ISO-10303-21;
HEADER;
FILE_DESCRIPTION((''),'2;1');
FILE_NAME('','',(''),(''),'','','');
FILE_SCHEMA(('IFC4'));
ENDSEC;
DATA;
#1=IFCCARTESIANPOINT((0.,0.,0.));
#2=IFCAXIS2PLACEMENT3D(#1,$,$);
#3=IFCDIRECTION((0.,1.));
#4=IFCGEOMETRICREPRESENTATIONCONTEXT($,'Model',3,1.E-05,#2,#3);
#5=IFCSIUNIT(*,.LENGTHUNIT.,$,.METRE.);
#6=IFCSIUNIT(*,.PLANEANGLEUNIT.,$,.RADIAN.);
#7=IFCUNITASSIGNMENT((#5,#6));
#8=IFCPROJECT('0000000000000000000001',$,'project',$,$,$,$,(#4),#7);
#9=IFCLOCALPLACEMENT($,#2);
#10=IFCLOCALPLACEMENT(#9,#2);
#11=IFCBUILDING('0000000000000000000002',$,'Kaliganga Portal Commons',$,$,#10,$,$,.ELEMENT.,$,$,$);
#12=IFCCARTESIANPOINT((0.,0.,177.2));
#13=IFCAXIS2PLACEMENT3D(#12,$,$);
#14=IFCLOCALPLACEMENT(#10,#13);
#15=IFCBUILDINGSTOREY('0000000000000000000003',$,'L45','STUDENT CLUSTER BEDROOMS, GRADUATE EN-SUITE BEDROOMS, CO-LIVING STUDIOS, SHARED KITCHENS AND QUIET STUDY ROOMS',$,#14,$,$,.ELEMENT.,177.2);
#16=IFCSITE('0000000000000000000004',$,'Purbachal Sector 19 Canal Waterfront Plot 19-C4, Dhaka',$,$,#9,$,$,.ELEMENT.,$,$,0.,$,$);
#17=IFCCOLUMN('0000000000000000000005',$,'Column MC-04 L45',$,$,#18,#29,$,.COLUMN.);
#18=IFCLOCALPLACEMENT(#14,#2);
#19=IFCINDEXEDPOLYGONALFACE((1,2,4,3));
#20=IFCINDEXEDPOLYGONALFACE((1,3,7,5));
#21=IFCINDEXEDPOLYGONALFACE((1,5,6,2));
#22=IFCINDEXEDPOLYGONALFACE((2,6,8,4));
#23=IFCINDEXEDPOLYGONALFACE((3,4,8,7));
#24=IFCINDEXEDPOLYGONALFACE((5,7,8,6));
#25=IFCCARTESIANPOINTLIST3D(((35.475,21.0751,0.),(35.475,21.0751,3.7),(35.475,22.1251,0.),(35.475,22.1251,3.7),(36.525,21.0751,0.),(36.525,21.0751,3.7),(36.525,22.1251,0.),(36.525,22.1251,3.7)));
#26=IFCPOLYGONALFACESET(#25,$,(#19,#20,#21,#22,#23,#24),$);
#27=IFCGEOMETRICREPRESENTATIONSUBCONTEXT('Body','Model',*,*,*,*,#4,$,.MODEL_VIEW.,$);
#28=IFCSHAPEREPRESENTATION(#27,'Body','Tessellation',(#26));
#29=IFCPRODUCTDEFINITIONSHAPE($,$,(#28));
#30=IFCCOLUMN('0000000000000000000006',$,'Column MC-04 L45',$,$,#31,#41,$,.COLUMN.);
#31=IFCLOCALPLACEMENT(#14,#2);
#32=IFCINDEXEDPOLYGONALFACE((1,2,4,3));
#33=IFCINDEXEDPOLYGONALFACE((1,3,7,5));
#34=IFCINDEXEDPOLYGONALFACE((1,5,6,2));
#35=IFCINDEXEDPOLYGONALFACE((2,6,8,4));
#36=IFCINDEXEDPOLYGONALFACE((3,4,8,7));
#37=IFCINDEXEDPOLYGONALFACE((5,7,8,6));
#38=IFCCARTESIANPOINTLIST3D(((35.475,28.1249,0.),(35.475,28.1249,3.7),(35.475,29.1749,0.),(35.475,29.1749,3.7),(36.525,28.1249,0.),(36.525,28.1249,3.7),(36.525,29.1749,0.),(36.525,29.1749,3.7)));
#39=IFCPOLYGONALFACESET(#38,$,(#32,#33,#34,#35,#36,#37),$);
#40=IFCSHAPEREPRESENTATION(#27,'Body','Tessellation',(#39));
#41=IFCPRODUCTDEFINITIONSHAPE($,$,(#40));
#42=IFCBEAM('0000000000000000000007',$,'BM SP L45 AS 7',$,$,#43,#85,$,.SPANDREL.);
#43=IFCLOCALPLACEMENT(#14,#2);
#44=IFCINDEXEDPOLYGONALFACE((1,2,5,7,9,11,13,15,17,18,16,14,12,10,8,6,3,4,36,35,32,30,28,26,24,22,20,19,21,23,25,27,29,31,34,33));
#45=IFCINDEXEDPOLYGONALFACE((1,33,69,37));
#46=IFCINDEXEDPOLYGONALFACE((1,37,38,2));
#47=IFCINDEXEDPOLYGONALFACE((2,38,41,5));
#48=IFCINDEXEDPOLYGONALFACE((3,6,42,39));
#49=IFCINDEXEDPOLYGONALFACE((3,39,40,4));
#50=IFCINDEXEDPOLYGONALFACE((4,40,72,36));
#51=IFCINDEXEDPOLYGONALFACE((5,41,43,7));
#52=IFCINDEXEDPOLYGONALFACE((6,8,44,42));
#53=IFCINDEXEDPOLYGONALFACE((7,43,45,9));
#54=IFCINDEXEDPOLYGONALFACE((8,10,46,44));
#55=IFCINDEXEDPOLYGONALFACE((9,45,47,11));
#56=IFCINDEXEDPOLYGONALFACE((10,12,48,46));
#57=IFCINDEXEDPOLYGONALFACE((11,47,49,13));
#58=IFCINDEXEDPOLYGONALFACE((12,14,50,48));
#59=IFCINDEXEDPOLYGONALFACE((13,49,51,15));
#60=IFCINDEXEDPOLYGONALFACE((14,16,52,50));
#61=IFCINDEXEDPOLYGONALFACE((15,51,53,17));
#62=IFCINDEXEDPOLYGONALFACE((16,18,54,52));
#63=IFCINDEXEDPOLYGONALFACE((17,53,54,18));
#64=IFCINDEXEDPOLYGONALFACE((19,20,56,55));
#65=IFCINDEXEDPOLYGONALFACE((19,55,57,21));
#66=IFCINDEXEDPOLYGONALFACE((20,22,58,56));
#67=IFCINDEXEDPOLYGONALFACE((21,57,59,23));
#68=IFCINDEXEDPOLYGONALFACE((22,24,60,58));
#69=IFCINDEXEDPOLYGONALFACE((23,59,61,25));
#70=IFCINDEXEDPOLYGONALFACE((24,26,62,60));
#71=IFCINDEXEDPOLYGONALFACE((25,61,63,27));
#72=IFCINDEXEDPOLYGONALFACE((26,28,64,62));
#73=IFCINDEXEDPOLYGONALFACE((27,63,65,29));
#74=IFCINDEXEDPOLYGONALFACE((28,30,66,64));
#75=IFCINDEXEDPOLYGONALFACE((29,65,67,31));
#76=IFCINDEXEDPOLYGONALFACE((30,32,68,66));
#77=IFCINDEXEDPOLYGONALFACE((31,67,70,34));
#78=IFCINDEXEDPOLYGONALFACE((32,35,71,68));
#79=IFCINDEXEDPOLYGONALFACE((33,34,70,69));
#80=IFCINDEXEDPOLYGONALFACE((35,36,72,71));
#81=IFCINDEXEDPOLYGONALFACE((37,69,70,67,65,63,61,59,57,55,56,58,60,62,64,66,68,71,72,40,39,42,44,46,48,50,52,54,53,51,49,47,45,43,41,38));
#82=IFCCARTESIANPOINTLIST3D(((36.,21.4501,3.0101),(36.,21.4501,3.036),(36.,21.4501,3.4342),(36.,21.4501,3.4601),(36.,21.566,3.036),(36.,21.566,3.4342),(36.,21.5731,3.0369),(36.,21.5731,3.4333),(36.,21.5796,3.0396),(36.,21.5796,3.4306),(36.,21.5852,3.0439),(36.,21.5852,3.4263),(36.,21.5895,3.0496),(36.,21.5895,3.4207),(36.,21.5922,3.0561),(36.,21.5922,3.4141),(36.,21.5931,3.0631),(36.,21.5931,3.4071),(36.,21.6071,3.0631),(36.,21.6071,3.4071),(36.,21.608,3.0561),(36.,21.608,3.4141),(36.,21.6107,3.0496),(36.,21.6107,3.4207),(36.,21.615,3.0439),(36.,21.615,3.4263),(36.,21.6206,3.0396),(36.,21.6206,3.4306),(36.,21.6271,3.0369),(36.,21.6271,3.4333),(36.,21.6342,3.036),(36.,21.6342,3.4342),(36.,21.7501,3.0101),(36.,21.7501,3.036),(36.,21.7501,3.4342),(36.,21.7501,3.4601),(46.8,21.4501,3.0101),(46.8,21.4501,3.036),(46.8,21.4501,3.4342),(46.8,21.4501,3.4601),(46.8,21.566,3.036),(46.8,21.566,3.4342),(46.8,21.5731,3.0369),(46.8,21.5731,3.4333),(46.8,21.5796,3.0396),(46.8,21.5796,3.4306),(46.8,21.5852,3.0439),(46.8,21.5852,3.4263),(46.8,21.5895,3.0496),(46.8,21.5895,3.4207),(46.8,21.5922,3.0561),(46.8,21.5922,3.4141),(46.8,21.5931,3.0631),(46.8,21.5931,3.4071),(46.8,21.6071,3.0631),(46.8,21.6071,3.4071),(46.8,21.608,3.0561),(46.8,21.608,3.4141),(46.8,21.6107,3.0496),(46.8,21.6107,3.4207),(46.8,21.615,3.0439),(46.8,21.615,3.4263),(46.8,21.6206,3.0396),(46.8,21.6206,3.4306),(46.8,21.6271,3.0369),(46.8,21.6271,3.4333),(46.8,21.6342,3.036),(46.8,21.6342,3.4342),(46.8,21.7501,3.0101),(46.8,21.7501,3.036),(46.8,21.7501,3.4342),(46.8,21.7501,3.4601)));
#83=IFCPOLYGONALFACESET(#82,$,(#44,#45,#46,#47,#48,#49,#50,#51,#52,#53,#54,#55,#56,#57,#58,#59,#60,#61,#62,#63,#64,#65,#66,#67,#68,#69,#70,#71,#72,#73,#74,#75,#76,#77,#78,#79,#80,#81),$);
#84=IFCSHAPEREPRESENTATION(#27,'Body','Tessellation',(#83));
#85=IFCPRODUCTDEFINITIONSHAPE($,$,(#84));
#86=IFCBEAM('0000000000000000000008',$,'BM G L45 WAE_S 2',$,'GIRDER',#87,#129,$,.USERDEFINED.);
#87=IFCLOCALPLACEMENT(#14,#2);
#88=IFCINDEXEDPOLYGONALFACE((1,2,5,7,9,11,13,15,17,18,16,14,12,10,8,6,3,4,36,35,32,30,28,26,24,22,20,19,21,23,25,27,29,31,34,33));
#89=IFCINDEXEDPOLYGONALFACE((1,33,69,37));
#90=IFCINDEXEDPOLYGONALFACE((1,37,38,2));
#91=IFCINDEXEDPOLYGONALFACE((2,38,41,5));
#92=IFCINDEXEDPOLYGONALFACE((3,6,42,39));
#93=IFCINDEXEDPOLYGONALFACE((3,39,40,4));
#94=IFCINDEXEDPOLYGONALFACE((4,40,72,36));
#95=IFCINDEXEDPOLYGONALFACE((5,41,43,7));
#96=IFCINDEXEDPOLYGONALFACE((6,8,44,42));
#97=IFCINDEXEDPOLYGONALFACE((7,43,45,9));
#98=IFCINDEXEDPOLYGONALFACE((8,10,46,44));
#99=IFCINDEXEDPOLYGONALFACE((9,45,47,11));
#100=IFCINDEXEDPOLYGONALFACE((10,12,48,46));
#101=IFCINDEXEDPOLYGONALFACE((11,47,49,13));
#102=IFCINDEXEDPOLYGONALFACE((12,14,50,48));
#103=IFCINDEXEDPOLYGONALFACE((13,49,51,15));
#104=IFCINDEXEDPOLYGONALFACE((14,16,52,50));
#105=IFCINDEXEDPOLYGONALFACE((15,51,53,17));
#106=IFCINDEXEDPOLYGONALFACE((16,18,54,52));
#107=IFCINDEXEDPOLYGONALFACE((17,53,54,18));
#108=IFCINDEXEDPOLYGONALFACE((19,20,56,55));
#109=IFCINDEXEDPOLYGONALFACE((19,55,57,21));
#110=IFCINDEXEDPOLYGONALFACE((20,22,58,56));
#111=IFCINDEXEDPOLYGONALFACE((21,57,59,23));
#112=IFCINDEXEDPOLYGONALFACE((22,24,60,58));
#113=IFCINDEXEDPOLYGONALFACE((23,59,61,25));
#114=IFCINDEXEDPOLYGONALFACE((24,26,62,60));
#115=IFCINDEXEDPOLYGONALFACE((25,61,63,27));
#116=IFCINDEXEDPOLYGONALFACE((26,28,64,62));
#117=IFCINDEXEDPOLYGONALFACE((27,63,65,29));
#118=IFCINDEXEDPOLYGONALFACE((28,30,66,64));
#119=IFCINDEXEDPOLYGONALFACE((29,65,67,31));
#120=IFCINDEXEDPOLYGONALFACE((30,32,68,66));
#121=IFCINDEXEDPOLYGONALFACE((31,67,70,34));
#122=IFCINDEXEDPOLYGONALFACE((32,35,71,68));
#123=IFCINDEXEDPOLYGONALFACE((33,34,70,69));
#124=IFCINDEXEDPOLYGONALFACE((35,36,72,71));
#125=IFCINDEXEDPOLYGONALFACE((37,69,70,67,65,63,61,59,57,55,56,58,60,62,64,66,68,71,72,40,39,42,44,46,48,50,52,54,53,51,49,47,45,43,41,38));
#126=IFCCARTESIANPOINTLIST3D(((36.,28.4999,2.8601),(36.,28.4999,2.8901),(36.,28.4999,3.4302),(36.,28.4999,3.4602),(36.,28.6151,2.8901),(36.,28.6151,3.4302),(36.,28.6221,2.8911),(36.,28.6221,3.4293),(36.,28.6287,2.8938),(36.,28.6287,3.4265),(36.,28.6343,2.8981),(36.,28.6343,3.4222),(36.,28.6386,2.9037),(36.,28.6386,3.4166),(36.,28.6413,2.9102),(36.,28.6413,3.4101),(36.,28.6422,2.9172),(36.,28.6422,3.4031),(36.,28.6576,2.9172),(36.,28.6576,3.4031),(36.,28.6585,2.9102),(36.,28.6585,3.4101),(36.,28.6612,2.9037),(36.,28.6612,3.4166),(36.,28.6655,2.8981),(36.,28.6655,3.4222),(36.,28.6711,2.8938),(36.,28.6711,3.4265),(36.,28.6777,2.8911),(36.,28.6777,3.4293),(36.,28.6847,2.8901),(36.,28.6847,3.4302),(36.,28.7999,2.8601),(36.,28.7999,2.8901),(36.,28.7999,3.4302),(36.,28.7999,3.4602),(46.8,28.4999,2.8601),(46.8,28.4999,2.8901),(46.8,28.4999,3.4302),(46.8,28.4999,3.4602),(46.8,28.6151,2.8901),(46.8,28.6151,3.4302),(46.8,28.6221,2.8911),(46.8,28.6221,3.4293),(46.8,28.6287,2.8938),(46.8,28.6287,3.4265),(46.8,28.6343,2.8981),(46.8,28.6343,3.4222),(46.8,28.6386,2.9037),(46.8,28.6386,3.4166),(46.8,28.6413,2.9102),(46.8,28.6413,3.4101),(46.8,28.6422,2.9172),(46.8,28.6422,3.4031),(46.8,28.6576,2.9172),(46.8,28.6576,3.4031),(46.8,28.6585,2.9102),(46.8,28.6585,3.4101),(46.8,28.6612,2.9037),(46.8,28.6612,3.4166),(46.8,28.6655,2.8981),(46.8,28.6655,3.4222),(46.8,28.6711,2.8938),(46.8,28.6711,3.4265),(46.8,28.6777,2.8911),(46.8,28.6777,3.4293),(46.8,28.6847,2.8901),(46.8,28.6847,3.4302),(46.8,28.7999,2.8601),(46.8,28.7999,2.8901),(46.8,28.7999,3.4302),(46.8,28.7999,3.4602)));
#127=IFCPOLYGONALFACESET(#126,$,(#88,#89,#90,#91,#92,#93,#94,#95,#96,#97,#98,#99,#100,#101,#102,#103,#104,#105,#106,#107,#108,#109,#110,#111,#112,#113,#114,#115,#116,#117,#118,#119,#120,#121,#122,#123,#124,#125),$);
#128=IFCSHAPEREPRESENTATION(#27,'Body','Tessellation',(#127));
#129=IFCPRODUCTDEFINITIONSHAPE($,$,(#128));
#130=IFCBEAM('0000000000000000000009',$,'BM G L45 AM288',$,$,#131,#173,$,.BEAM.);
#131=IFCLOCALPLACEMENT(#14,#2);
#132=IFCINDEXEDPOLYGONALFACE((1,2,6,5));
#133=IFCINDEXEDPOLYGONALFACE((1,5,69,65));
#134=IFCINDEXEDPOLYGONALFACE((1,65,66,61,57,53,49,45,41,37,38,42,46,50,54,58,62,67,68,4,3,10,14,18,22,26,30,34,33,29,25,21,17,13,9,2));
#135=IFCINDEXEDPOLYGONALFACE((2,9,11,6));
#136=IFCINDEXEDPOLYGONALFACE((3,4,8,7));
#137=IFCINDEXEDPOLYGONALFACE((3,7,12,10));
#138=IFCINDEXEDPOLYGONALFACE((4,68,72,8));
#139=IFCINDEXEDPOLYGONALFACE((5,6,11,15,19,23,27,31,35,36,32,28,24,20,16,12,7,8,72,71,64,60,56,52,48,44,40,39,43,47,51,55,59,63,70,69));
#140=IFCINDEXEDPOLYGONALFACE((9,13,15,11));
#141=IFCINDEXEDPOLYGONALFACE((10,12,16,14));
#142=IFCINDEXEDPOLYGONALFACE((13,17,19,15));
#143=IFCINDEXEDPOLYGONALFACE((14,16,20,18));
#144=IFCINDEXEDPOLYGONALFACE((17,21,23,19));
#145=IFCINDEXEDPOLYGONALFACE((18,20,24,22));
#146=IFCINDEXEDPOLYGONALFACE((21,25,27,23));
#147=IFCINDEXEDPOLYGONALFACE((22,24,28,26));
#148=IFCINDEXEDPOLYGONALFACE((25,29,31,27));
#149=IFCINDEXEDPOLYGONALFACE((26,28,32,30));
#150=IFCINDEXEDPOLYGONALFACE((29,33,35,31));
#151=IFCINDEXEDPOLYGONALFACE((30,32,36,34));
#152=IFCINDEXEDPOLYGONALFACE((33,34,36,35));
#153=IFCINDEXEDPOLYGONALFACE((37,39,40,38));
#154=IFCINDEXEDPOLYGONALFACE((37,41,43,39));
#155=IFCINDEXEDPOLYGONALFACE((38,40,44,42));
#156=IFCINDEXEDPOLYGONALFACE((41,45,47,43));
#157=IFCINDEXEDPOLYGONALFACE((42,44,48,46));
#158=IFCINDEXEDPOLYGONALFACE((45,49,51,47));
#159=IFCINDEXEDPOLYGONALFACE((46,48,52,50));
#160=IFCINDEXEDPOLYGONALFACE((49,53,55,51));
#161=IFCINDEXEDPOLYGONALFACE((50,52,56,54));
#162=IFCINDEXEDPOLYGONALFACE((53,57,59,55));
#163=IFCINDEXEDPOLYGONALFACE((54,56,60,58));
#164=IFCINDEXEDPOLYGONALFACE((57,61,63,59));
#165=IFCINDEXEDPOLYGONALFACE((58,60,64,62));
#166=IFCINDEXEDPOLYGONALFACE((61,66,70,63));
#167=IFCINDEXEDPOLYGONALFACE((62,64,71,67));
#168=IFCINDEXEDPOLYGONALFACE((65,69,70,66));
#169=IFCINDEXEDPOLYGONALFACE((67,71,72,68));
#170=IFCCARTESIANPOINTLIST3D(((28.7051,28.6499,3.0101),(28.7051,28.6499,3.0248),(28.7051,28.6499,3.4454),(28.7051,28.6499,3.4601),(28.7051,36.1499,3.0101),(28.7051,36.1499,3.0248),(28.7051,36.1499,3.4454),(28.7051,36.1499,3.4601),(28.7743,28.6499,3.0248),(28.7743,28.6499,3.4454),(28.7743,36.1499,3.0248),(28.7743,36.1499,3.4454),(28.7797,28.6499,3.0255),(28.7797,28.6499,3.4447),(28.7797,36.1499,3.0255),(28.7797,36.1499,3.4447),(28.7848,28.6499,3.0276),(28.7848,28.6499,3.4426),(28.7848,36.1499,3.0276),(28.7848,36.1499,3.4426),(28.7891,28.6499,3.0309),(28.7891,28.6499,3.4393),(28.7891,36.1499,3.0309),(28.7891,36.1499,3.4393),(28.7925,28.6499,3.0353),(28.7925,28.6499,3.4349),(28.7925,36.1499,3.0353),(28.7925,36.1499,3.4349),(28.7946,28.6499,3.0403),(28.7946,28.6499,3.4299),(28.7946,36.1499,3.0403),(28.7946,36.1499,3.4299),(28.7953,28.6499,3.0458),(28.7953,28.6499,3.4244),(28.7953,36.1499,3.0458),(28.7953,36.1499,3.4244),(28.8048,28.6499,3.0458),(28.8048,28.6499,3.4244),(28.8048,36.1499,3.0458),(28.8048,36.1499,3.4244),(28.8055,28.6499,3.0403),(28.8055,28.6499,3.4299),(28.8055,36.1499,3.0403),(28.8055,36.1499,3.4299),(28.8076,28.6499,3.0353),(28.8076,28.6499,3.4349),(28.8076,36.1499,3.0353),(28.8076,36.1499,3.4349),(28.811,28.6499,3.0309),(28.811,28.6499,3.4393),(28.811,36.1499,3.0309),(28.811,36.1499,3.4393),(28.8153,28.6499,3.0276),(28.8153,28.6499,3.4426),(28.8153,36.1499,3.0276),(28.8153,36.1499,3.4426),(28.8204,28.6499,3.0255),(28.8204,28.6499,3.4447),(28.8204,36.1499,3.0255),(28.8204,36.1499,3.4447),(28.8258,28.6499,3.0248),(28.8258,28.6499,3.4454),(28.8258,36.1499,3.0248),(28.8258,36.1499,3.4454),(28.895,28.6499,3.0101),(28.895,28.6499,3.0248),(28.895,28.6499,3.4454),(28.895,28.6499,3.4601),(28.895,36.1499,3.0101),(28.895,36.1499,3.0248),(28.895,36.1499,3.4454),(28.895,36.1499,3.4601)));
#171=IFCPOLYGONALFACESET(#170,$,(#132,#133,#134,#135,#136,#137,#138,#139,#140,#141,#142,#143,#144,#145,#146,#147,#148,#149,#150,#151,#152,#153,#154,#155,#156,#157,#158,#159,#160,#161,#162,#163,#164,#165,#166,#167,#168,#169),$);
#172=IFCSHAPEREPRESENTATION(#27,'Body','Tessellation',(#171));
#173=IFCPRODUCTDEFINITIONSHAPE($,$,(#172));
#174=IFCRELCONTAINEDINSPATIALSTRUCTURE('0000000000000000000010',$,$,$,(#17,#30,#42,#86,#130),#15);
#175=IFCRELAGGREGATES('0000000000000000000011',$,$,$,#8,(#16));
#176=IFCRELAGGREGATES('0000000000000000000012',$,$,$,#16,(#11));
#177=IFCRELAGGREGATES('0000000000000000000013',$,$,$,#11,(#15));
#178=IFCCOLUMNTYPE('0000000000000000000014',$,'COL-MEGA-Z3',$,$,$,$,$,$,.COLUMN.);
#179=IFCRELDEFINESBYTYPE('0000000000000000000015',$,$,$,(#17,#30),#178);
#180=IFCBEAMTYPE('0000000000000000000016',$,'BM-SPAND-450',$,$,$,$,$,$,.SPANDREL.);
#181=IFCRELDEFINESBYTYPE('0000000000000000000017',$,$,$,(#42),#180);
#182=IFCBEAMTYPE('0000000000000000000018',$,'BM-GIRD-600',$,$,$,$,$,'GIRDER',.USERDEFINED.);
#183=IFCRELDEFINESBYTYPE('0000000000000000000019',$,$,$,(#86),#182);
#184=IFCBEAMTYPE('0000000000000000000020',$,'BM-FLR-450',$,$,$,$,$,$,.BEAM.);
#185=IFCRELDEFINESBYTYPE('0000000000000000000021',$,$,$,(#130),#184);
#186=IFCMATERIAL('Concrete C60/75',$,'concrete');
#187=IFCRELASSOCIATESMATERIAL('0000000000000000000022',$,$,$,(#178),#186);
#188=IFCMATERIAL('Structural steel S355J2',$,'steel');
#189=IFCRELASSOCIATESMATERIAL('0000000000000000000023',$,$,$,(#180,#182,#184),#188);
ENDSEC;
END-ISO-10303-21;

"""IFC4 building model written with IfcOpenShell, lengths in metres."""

from ifc_helpers import new_model, si_unit, direction, frame, origin, origin_2d, place, context, subcontext, project, spatial, rectangle, i_section, extrude, source, transform, mapped, material, material_profile, profile_set, type_object, element, save


model = new_model("IFC4")

# Units and contexts
model_context = context("Model", 3, precision=1e-05, world=origin(), true_north=direction((0.0, 1.0)))
body_context = subcontext(model_context, "Body", "Model", "MODEL_VIEW")
ifc_project = project(units=[si_unit("LENGTHUNIT", "METRE"), si_unit("PLANEANGLEUNIT", "RADIAN")], contexts=[model_context])

# Site, building, storey
site_placement = place(None, origin())
site = spatial("IfcSite", under=ifc_project, at=site_placement, Name="Purbachal Sector 19 Canal Waterfront Plot 19-C4, Dhaka", CompositionType="ELEMENT", RefElevation=0.0)
building_placement = place(site_placement, origin())
building = spatial("IfcBuilding", under=site, at=building_placement, Name="Kaliganga Portal Commons", CompositionType="ELEMENT")
storey_placement = place(building_placement, frame((0.0, 0.0, 177.2)))
storey = spatial("IfcBuildingStorey", under=building, at=storey_placement, Name="L45", Description="STUDENT CLUSTER BEDROOMS, GRADUATE EN-SUITE BEDROOMS, CO-LIVING STUDIOS, SHARED KITCHENS AND QUIET STUDY ROOMS", CompositionType="ELEMENT", Elevation=177.2)

# Columns
ifc_material_1 = material(Name="Concrete C60/75", Category="concrete")
ifc_material_profile_1 = material_profile(ifc_material_1, rectangle(XDim=1.05, YDim=1.05, at=origin_2d()), Name="RC 1050x1050")
ifc_profile_set_1 = profile_set([ifc_material_profile_1], Name="Concrete C60/75")
column_type = type_object("IfcColumnType", Name="COL-MEGA-Z3", PredefinedType="COLUMN", material=ifc_profile_set_1)
shared_shape_1 = source(origin(), body_context, "Body", "SweptSolid", [
    extrude(rectangle(XDim=1.05, YDim=1.05, at=origin_2d()), origin(), (0.0, 0.0, 1.0), 3.7),
])
for number, where, z_axis, x_axis, name in (
    (1, (36.0, 21.6001, 0.0), (0.0, 0.0, 1.0), (1.0, 0.0, 0.0), "Column MC-04 L45"),
    (2, (36.0, 28.6499, 0.0), (0.0, 0.0, 1.0), (1.0, 0.0, 0.0), "Column MC-04 L45"),
):
    element("IfcColumn", number, at=place(storey_placement, frame(where, z_axis=z_axis, x_axis=x_axis)), inside=storey, type_object=column_type, Name=name, PredefinedType="COLUMN", context=body_context, shape_type="MappedRepresentation", body=[
        mapped(shared_shape_1, transform((0.0, 0.0, 0.0), x_axis=(1.0, 0.0, 0.0), y_axis=(0.0, 1.0, 0.0), z_axis=(0.0, 0.0, 1.0), scale=1.0)),
    ])

# Beams
ifc_material_2 = material(Name="Structural steel S355J2", Category="steel")
ifc_material_profile_2 = material_profile(ifc_material_2, i_section(OverallWidth=0.3, OverallDepth=0.45, WebThickness=0.0139, FlangeThickness=0.0259, FilletRadius=0.0271, at=origin_2d()), Name="HE 450 B")
ifc_profile_set_2 = profile_set([ifc_material_profile_2], Name="Structural steel S355J2 wide-flange")
beam_type_1 = type_object("IfcBeamType", Name="BM-SPAND-450", PredefinedType="SPANDREL", material=ifc_profile_set_2)
shared_shape_2 = source(origin(), body_context, "Body", "SweptSolid", [
    extrude(i_section(OverallWidth=0.3, OverallDepth=0.45, WebThickness=0.0139, FlangeThickness=0.0259, FilletRadius=0.0271, at=origin_2d()), origin(), (0.0, 0.0, 1.0), 10.8),
])
beam_1_placement = place(storey_placement, frame((36.0, 21.6001, 3.2351), z_axis=(1.0, 0.0, 0.0), x_axis=(0.0, 1.0, 0.0)))
element("IfcBeam", 3, at=beam_1_placement, inside=storey, type_object=beam_type_1, Name="BM SP L45 AS 7", PredefinedType="SPANDREL", context=body_context, shape_type="MappedRepresentation", body=[
    mapped(shared_shape_2, transform((0.0, 0.0, 0.0), x_axis=(1.0, 0.0, 0.0), y_axis=(0.0, 1.0, 0.0), z_axis=(0.0, 0.0, 1.0), scale=1.0)),
])
ifc_material_profile_3 = material_profile(ifc_material_2, i_section(OverallWidth=0.3, OverallDepth=0.6001, WebThickness=0.0154, FlangeThickness=0.03, FilletRadius=0.0271, at=origin_2d()), Name="HE 600 B")
ifc_profile_set_3 = profile_set([ifc_material_profile_3], Name="Structural steel S355J2 wide-flange")
beam_type_2 = type_object("IfcBeamType", Name="BM-GIRD-600", ElementType="GIRDER", PredefinedType="USERDEFINED", material=ifc_profile_set_3)
shared_shape_3 = source(origin(), body_context, "Body", "SweptSolid", [
    extrude(i_section(OverallWidth=0.3, OverallDepth=0.6001, WebThickness=0.0154, FlangeThickness=0.03, FilletRadius=0.0271, at=origin_2d()), origin(), (0.0, 0.0, 1.0), 10.8),
])
beam_2_placement = place(storey_placement, frame((36.0, 28.6499, 3.1602), z_axis=(1.0, 0.0, 0.0), x_axis=(0.0, 1.0, 0.0)))
element("IfcBeam", 4, at=beam_2_placement, inside=storey, type_object=beam_type_2, Name="BM G L45 WAE_S 2", ObjectType="GIRDER", PredefinedType="USERDEFINED", context=body_context, shape_type="MappedRepresentation", body=[
    mapped(shared_shape_3, transform((0.0, 0.0, 0.0), x_axis=(1.0, 0.0, 0.0), y_axis=(0.0, 1.0, 0.0), z_axis=(0.0, 0.0, 1.0), scale=1.0)),
])
ifc_material_profile_4 = material_profile(ifc_material_2, i_section(OverallWidth=0.1899, OverallDepth=0.45, WebThickness=0.0095, FlangeThickness=0.0146, FilletRadius=0.021, at=origin_2d()), Name="IPE 450")
ifc_profile_set_4 = profile_set([ifc_material_profile_4], Name="Structural steel S355J2 wide-flange")
beam_type_3 = type_object("IfcBeamType", Name="BM-FLR-450", PredefinedType="BEAM", material=ifc_profile_set_4)
shared_shape_4 = source(origin(), body_context, "Body", "SweptSolid", [
    extrude(i_section(OverallWidth=0.1899, OverallDepth=0.45, WebThickness=0.0095, FlangeThickness=0.0146, FilletRadius=0.021, at=origin_2d()), origin(), (0.0, 0.0, 1.0), 7.5),
])
for number, where, z_axis, x_axis, name in (
    (5, (28.8, 28.6499, 3.2351), (0.0, 1.0, 0.0), (-1.0, 0.0, 0.0), "BM G L45 AM288"),
):
    element("IfcBeam", number, at=place(storey_placement, frame(where, z_axis=z_axis, x_axis=x_axis)), inside=storey, type_object=beam_type_3, Name=name, PredefinedType="BEAM", context=body_context, shape_type="MappedRepresentation", body=[
        mapped(shared_shape_4, transform((0.0, 0.0, 0.0), x_axis=(1.0, 0.0, 0.0), y_axis=(0.0, 1.0, 0.0), z_axis=(0.0, 0.0, 1.0), scale=1.0)),
    ])

save(model, "model.ifc")
